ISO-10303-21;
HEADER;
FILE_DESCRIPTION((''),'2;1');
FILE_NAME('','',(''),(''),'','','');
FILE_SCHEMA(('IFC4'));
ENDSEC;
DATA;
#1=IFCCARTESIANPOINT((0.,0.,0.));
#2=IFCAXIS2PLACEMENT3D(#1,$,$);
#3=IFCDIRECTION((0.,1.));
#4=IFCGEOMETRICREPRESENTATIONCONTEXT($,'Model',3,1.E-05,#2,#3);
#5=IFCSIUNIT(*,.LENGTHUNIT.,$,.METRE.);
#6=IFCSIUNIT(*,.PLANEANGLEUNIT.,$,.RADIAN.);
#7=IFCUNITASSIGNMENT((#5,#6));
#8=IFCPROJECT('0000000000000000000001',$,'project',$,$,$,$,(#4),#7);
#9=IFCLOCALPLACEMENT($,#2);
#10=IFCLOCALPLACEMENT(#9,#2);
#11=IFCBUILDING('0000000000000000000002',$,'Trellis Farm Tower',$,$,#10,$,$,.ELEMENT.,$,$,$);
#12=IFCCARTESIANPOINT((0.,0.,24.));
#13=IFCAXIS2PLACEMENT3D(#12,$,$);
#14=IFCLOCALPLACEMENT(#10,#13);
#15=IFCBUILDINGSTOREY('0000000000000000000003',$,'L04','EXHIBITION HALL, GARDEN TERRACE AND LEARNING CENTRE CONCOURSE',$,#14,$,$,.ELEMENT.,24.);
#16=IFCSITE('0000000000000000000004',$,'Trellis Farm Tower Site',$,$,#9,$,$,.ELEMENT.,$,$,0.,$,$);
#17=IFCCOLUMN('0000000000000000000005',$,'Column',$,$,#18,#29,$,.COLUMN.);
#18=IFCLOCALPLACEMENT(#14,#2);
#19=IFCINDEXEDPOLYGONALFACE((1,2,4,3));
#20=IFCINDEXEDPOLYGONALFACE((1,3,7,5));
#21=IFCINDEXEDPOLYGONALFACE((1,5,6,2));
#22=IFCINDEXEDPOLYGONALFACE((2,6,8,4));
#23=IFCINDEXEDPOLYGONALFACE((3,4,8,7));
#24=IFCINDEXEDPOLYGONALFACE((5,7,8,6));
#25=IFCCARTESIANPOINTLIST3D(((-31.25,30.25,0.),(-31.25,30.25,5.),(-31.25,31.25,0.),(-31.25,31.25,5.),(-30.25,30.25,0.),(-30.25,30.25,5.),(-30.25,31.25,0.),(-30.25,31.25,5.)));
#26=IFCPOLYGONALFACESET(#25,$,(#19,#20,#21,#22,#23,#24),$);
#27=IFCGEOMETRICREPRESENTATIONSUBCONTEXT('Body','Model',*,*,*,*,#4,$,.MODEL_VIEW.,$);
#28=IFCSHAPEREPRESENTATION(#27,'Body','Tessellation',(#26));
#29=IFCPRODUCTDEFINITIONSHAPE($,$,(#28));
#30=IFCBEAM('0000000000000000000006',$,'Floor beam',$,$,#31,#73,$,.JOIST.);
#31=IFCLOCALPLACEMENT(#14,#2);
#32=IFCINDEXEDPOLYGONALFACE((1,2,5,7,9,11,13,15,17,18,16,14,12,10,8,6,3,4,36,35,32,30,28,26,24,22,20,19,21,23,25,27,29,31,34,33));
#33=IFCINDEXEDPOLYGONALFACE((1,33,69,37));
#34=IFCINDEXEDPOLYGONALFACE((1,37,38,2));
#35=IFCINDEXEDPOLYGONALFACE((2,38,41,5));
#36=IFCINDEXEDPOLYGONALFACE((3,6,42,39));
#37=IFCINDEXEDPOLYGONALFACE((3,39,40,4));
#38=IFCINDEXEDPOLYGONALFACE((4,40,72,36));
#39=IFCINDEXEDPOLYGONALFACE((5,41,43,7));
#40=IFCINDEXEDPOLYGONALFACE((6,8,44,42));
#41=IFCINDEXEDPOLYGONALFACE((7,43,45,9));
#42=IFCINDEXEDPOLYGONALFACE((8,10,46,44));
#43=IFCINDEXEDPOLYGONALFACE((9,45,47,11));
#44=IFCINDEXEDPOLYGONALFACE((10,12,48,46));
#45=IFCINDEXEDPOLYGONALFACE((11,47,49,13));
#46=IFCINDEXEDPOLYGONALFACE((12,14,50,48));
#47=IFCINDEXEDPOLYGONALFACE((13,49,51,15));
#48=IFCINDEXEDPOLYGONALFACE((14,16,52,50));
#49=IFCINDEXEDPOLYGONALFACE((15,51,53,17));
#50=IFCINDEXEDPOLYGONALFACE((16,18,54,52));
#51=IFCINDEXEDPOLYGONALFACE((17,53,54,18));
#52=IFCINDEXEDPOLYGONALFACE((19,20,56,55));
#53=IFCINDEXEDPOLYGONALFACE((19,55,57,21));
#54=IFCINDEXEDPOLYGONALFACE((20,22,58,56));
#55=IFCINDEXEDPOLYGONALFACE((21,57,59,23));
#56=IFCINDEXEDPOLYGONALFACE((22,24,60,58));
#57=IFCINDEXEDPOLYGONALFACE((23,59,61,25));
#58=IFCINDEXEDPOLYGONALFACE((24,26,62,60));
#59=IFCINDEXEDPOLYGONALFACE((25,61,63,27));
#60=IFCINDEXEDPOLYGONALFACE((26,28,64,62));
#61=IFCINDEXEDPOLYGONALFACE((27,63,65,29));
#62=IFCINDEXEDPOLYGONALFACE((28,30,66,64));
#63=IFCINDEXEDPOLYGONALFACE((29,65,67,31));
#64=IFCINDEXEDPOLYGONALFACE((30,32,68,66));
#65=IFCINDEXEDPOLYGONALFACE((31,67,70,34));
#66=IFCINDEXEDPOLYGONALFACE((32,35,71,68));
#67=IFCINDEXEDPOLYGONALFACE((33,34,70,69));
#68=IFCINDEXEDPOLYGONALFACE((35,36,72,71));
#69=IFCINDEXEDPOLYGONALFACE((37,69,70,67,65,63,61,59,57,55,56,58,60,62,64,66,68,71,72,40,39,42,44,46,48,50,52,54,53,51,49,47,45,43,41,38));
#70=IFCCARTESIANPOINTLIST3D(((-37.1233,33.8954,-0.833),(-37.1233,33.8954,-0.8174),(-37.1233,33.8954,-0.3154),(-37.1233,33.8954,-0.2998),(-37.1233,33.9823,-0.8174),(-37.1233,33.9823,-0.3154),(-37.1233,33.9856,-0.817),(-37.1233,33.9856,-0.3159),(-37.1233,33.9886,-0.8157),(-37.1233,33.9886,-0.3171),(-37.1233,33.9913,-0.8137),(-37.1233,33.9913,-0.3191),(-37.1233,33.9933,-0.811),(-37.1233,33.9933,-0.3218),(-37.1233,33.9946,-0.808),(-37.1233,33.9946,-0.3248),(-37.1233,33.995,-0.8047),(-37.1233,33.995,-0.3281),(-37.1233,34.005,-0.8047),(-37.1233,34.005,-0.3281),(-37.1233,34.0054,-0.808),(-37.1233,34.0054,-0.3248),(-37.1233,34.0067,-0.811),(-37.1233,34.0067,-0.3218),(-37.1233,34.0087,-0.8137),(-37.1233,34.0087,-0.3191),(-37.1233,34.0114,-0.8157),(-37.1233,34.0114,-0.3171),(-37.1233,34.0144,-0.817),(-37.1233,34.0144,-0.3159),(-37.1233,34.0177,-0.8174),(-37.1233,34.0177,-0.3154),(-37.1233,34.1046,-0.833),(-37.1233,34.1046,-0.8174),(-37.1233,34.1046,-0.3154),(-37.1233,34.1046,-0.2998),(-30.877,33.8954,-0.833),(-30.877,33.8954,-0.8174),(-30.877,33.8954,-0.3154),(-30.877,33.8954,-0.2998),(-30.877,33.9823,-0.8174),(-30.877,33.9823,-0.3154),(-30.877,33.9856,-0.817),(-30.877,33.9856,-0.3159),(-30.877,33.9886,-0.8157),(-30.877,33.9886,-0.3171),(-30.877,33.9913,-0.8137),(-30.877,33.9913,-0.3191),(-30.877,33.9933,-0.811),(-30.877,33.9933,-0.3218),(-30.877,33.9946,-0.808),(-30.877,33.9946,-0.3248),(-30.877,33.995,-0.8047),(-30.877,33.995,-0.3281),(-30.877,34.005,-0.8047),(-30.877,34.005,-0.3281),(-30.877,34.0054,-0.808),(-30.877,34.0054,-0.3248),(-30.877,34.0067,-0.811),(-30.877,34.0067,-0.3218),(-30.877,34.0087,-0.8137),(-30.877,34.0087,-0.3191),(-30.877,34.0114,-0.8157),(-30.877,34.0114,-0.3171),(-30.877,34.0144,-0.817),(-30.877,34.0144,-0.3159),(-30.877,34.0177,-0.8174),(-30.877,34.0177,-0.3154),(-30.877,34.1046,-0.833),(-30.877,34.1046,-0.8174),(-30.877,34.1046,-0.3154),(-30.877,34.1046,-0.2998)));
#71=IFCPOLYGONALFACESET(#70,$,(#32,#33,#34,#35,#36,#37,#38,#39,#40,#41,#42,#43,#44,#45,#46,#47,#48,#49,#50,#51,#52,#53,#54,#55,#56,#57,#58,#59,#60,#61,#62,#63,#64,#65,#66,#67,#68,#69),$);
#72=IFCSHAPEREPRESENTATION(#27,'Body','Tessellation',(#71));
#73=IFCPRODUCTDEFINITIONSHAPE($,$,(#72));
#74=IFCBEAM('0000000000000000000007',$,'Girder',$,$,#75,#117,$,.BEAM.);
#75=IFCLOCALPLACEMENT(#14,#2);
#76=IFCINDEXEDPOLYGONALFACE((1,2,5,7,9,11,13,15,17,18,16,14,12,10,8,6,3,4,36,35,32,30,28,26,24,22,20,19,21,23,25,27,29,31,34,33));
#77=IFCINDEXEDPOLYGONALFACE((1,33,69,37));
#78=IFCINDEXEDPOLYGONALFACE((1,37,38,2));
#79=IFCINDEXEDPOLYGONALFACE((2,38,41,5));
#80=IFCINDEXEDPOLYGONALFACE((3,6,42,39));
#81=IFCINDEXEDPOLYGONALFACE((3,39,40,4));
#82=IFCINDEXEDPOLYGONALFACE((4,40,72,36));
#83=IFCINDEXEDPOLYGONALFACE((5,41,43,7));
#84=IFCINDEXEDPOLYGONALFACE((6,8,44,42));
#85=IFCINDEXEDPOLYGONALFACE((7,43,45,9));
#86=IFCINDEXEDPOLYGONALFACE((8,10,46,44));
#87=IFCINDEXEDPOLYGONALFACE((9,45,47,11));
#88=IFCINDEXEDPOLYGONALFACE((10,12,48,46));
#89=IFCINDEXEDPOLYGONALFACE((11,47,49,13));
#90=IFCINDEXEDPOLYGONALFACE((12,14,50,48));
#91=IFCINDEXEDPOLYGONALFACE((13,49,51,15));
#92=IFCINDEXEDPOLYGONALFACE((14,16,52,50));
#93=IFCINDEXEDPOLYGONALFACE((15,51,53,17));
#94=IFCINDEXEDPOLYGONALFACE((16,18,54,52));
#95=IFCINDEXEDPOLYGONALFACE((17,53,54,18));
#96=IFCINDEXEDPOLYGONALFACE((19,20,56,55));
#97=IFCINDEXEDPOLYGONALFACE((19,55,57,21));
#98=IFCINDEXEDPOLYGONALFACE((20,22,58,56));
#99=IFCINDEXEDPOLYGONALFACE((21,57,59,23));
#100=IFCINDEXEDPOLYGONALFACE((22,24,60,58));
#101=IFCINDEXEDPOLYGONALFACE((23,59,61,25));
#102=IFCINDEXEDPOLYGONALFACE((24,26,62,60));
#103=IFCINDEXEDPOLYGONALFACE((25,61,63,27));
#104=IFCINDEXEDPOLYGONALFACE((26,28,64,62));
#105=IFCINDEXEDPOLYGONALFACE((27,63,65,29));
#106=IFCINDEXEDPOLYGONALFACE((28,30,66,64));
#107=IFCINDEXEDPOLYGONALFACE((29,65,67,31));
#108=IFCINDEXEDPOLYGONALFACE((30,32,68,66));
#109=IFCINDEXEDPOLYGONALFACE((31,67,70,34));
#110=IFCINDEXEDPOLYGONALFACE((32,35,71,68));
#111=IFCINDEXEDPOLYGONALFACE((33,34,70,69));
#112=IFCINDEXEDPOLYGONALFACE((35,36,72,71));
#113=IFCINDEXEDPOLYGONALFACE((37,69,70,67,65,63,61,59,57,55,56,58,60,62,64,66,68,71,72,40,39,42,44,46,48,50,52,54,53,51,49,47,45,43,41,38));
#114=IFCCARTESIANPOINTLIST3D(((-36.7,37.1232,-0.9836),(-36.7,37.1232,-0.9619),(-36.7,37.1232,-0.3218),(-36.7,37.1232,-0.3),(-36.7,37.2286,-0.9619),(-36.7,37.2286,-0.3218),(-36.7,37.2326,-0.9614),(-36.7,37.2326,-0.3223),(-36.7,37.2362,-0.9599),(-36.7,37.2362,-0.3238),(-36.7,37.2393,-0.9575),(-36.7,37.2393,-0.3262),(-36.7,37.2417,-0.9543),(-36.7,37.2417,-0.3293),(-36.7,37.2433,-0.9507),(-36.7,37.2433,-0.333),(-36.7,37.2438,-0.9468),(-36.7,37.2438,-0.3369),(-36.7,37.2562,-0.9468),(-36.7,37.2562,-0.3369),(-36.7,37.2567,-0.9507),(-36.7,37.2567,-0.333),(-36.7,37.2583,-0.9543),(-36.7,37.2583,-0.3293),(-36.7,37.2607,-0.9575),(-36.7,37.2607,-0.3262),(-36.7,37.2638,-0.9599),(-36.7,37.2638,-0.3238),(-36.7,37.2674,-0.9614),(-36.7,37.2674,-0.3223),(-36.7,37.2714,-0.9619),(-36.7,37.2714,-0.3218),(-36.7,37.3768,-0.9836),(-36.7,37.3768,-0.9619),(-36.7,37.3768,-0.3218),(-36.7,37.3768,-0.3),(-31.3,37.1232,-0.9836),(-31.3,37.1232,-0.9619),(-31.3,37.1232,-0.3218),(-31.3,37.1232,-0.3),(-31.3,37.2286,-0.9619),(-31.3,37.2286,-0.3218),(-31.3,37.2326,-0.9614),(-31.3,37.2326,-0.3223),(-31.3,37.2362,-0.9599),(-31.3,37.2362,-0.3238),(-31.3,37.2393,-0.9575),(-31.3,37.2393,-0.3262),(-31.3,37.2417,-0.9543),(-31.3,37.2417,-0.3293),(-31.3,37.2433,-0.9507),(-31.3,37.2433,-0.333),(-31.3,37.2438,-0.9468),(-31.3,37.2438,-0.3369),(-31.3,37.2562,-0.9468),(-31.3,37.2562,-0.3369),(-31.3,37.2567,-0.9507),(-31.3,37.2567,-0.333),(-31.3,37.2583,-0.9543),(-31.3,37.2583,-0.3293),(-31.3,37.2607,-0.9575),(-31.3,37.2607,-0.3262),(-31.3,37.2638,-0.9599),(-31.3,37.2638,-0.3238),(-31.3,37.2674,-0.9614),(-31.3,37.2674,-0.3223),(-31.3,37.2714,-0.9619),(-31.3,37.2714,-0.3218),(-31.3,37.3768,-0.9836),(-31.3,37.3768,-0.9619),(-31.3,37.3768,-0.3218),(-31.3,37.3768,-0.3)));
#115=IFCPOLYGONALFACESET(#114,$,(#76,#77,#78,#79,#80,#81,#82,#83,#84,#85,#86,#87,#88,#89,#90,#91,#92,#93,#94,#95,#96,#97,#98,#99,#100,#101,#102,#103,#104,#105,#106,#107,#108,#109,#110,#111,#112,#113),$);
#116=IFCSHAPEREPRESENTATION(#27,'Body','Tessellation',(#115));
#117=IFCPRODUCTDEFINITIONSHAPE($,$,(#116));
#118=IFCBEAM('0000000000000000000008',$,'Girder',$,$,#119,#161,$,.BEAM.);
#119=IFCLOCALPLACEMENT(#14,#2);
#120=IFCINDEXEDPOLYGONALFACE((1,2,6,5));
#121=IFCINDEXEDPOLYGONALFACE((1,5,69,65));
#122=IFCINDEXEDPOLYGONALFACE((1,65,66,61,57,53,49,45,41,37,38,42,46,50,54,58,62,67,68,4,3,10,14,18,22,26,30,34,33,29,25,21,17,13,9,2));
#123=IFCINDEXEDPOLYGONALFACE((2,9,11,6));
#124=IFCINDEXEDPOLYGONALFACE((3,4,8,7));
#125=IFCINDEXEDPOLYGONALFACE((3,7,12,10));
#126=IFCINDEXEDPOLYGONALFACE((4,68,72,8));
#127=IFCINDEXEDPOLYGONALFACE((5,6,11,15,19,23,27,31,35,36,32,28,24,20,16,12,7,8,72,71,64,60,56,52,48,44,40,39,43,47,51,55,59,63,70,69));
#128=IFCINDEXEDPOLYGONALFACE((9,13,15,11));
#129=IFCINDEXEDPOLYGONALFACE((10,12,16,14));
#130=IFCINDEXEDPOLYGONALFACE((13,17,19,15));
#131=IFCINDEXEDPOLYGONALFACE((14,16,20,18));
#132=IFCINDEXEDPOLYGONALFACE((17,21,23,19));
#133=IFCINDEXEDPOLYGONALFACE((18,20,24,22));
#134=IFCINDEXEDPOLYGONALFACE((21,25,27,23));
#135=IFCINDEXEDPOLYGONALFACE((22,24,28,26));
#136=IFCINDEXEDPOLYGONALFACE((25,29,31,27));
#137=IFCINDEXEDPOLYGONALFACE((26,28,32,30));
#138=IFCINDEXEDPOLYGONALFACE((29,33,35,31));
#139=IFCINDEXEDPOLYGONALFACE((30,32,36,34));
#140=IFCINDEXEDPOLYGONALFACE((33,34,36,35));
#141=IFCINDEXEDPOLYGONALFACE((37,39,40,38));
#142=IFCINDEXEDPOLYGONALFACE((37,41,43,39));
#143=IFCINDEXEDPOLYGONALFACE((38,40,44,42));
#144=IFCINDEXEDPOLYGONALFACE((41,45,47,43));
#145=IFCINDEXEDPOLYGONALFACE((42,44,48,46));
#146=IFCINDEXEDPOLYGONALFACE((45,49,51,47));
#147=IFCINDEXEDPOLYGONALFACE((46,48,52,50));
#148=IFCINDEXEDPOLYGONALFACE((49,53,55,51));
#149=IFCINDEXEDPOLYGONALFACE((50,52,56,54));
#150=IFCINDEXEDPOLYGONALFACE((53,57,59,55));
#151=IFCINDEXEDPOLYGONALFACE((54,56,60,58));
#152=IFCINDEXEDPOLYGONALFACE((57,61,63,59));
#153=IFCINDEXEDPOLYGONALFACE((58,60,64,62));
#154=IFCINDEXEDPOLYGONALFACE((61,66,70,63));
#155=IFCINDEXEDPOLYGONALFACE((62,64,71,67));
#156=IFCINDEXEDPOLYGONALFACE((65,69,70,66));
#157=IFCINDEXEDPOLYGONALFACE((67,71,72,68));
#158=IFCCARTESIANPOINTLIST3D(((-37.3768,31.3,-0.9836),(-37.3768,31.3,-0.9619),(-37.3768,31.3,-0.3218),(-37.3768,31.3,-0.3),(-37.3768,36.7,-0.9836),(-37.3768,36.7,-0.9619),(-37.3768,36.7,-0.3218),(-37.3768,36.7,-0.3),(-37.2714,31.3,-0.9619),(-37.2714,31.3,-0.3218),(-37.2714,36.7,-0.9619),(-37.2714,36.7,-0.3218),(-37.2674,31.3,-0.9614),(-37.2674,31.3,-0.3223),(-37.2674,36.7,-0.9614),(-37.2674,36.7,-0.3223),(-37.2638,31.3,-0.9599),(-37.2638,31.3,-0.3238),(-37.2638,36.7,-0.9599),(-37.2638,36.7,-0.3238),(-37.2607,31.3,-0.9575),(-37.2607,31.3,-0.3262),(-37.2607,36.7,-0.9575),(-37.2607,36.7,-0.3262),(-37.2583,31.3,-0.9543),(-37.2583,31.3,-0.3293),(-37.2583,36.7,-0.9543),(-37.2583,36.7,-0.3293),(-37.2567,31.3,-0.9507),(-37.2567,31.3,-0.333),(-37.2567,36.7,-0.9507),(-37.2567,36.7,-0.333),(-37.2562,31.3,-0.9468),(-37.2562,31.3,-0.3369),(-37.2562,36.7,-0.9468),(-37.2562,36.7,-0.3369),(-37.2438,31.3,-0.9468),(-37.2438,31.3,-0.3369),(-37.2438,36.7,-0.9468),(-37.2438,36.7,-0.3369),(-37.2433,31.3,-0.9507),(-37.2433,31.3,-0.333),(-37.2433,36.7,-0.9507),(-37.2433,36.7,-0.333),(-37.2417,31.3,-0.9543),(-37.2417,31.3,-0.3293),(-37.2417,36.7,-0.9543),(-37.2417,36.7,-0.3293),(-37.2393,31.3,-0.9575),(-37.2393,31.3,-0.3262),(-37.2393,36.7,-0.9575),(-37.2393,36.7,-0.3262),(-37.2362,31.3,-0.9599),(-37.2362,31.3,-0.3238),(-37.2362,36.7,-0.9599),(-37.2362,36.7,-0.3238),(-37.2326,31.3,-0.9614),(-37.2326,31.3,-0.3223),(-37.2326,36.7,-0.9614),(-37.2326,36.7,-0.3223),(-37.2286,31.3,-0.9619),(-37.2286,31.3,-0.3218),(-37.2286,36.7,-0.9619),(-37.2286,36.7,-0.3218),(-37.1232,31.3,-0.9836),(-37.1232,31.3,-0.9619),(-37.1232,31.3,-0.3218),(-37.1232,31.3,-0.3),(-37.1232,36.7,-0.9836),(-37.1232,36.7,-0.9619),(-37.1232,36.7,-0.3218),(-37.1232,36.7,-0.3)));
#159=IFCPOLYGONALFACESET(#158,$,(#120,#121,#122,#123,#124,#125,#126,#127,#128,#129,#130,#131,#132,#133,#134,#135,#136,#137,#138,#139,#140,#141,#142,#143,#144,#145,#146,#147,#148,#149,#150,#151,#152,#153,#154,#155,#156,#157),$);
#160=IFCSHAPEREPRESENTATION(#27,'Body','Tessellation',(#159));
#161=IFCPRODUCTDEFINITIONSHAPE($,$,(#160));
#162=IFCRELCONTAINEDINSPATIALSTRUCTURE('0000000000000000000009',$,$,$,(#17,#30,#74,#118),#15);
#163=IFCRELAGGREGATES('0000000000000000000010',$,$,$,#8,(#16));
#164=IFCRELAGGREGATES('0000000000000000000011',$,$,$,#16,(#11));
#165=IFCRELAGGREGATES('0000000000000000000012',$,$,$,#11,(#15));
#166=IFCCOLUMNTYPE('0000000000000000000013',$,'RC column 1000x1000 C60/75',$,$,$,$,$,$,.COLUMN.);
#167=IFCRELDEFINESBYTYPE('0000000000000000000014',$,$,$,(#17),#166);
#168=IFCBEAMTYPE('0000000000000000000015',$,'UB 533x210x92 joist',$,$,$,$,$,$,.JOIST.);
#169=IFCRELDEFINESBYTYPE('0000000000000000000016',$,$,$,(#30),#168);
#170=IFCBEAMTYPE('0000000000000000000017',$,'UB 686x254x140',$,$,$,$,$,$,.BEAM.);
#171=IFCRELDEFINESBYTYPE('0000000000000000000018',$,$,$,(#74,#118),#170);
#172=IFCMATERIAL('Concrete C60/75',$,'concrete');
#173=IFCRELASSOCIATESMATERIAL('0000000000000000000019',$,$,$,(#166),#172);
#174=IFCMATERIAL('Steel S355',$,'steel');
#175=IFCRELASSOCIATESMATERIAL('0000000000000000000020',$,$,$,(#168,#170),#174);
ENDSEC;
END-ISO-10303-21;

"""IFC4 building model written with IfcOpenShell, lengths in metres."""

from ifc_helpers import new_model, si_unit, direction, frame, origin, origin_2d, place, context, subcontext, project, spatial, rectangle, i_section, extrude, source, transform, mapped, material, material_profile, profile_set, type_object, element, save


model = new_model("IFC4")

# Units and contexts
model_context = context("Model", 3, precision=1e-05, world=origin(), true_north=direction((0.0, 1.0)))
body_context = subcontext(model_context, "Body", "Model", "MODEL_VIEW")
ifc_project = project(units=[si_unit("LENGTHUNIT", "METRE"), si_unit("PLANEANGLEUNIT", "RADIAN")], contexts=[model_context])

# Site, building, storey
site_placement = place(None, origin())
site = spatial("IfcSite", under=ifc_project, at=site_placement, Name="Trellis Farm Tower Site", CompositionType="ELEMENT", RefElevation=0.0)
building_placement = place(site_placement, origin())
building = spatial("IfcBuilding", under=site, at=building_placement, Name="Trellis Farm Tower", CompositionType="ELEMENT")
storey_placement = place(building_placement, frame((0.0, 0.0, 24.0)))
storey = spatial("IfcBuildingStorey", under=building, at=storey_placement, Name="L04", Description="EXHIBITION HALL, GARDEN TERRACE AND LEARNING CENTRE CONCOURSE", CompositionType="ELEMENT", Elevation=24.0)

# Column
ifc_material_1 = material(Name="Concrete C60/75", Category="concrete")
ifc_material_profile_1 = material_profile(ifc_material_1, rectangle(XDim=1.0, YDim=1.0, at=origin_2d()), Name="RC column 1000x1000 C60/75")
ifc_profile_set_1 = profile_set([ifc_material_profile_1], Name="Concrete C60/75")
column_type = type_object("IfcColumnType", Name="RC column 1000x1000 C60/75", PredefinedType="COLUMN", material=ifc_profile_set_1)
shared_shape_1 = source(origin(), body_context, "Body", "SweptSolid", [
    extrude(rectangle(XDim=1.0, YDim=1.0, at=origin_2d()), origin(), (0.0, 0.0, 1.0), 5.0),
])
column_placement = place(storey_placement, frame((-30.75, 30.75, 0.0), z_axis=(0.0, 0.0, 1.0), x_axis=(1.0, 0.0, 0.0)))
element("IfcColumn", 1, at=column_placement, inside=storey, type_object=column_type, Name="Column", PredefinedType="COLUMN", context=body_context, shape_type="MappedRepresentation", body=[
    mapped(shared_shape_1, transform((0.0, 0.0, 0.0))),
])

# Beams
ifc_material_2 = material(Name="Steel S355", Category="steel")
ifc_material_profile_2 = material_profile(ifc_material_2, i_section(OverallWidth=0.2092, OverallDepth=0.5332, WebThickness=0.01, FlangeThickness=0.0156, FilletRadius=0.0127, at=origin_2d()), Name="UB 533x210x92")
ifc_profile_set_2 = profile_set([ifc_material_profile_2], Name="Steel S355")
beam_type_1 = type_object("IfcBeamType", Name="UB 533x210x92 joist", PredefinedType="JOIST", material=ifc_profile_set_2)
shared_shape_2 = source(origin(), body_context, "Body", "SweptSolid", [
    extrude(i_section(OverallWidth=0.2092, OverallDepth=0.5332, WebThickness=0.01, FlangeThickness=0.0156, FilletRadius=0.0127, at=origin_2d()), origin(), (0.0, 0.0, 1.0), 6.2463),
])
beam_placement = place(storey_placement, frame((-37.1233, 34.0, -0.5664), z_axis=(1.0, 0.0, 0.0), x_axis=(0.0, 1.0, 0.0)))
element("IfcBeam", 2, at=beam_placement, inside=storey, type_object=beam_type_1, Name="Floor beam", PredefinedType="JOIST", context=body_context, shape_type="MappedRepresentation", body=[
    mapped(shared_shape_2, transform((0.0, 0.0, 0.0))),
])
ifc_material_profile_3 = material_profile(ifc_material_2, i_section(OverallWidth=0.2537, OverallDepth=0.6836, WebThickness=0.0125, FlangeThickness=0.0217, FilletRadius=0.0151, at=origin_2d()), Name="UB 686x254x140")
ifc_profile_set_3 = profile_set([ifc_material_profile_3], Name="Steel S355")
beam_type_2 = type_object("IfcBeamType", Name="UB 686x254x140", PredefinedType="BEAM", material=ifc_profile_set_3)
shared_shape_3 = source(origin(), body_context, "Body", "SweptSolid", [
    extrude(i_section(OverallWidth=0.2537, OverallDepth=0.6836, WebThickness=0.0125, FlangeThickness=0.0217, FilletRadius=0.0151, at=origin_2d()), origin(), (0.0, 0.0, 1.0), 5.3999),
])
for number, where, z_axis, x_axis, name in (
    (3, (-36.7, 37.25, -0.6418), (1.0, 0.0, 0.0), (0.0, 1.0, 0.0), "Girder"),
    (4, (-37.25, 31.3, -0.6418), (0.0, 1.0, 0.0), (-1.0, 0.0, 0.0), "Girder"),
):
    element("IfcBeam", number, at=place(storey_placement, frame(where, z_axis=z_axis, x_axis=x_axis)), inside=storey, type_object=beam_type_2, Name=name, PredefinedType="BEAM", context=body_context, shape_type="MappedRepresentation", body=[
        mapped(shared_shape_3, transform((0.0, 0.0, 0.0))),
    ])

save(model, "model.ifc")
